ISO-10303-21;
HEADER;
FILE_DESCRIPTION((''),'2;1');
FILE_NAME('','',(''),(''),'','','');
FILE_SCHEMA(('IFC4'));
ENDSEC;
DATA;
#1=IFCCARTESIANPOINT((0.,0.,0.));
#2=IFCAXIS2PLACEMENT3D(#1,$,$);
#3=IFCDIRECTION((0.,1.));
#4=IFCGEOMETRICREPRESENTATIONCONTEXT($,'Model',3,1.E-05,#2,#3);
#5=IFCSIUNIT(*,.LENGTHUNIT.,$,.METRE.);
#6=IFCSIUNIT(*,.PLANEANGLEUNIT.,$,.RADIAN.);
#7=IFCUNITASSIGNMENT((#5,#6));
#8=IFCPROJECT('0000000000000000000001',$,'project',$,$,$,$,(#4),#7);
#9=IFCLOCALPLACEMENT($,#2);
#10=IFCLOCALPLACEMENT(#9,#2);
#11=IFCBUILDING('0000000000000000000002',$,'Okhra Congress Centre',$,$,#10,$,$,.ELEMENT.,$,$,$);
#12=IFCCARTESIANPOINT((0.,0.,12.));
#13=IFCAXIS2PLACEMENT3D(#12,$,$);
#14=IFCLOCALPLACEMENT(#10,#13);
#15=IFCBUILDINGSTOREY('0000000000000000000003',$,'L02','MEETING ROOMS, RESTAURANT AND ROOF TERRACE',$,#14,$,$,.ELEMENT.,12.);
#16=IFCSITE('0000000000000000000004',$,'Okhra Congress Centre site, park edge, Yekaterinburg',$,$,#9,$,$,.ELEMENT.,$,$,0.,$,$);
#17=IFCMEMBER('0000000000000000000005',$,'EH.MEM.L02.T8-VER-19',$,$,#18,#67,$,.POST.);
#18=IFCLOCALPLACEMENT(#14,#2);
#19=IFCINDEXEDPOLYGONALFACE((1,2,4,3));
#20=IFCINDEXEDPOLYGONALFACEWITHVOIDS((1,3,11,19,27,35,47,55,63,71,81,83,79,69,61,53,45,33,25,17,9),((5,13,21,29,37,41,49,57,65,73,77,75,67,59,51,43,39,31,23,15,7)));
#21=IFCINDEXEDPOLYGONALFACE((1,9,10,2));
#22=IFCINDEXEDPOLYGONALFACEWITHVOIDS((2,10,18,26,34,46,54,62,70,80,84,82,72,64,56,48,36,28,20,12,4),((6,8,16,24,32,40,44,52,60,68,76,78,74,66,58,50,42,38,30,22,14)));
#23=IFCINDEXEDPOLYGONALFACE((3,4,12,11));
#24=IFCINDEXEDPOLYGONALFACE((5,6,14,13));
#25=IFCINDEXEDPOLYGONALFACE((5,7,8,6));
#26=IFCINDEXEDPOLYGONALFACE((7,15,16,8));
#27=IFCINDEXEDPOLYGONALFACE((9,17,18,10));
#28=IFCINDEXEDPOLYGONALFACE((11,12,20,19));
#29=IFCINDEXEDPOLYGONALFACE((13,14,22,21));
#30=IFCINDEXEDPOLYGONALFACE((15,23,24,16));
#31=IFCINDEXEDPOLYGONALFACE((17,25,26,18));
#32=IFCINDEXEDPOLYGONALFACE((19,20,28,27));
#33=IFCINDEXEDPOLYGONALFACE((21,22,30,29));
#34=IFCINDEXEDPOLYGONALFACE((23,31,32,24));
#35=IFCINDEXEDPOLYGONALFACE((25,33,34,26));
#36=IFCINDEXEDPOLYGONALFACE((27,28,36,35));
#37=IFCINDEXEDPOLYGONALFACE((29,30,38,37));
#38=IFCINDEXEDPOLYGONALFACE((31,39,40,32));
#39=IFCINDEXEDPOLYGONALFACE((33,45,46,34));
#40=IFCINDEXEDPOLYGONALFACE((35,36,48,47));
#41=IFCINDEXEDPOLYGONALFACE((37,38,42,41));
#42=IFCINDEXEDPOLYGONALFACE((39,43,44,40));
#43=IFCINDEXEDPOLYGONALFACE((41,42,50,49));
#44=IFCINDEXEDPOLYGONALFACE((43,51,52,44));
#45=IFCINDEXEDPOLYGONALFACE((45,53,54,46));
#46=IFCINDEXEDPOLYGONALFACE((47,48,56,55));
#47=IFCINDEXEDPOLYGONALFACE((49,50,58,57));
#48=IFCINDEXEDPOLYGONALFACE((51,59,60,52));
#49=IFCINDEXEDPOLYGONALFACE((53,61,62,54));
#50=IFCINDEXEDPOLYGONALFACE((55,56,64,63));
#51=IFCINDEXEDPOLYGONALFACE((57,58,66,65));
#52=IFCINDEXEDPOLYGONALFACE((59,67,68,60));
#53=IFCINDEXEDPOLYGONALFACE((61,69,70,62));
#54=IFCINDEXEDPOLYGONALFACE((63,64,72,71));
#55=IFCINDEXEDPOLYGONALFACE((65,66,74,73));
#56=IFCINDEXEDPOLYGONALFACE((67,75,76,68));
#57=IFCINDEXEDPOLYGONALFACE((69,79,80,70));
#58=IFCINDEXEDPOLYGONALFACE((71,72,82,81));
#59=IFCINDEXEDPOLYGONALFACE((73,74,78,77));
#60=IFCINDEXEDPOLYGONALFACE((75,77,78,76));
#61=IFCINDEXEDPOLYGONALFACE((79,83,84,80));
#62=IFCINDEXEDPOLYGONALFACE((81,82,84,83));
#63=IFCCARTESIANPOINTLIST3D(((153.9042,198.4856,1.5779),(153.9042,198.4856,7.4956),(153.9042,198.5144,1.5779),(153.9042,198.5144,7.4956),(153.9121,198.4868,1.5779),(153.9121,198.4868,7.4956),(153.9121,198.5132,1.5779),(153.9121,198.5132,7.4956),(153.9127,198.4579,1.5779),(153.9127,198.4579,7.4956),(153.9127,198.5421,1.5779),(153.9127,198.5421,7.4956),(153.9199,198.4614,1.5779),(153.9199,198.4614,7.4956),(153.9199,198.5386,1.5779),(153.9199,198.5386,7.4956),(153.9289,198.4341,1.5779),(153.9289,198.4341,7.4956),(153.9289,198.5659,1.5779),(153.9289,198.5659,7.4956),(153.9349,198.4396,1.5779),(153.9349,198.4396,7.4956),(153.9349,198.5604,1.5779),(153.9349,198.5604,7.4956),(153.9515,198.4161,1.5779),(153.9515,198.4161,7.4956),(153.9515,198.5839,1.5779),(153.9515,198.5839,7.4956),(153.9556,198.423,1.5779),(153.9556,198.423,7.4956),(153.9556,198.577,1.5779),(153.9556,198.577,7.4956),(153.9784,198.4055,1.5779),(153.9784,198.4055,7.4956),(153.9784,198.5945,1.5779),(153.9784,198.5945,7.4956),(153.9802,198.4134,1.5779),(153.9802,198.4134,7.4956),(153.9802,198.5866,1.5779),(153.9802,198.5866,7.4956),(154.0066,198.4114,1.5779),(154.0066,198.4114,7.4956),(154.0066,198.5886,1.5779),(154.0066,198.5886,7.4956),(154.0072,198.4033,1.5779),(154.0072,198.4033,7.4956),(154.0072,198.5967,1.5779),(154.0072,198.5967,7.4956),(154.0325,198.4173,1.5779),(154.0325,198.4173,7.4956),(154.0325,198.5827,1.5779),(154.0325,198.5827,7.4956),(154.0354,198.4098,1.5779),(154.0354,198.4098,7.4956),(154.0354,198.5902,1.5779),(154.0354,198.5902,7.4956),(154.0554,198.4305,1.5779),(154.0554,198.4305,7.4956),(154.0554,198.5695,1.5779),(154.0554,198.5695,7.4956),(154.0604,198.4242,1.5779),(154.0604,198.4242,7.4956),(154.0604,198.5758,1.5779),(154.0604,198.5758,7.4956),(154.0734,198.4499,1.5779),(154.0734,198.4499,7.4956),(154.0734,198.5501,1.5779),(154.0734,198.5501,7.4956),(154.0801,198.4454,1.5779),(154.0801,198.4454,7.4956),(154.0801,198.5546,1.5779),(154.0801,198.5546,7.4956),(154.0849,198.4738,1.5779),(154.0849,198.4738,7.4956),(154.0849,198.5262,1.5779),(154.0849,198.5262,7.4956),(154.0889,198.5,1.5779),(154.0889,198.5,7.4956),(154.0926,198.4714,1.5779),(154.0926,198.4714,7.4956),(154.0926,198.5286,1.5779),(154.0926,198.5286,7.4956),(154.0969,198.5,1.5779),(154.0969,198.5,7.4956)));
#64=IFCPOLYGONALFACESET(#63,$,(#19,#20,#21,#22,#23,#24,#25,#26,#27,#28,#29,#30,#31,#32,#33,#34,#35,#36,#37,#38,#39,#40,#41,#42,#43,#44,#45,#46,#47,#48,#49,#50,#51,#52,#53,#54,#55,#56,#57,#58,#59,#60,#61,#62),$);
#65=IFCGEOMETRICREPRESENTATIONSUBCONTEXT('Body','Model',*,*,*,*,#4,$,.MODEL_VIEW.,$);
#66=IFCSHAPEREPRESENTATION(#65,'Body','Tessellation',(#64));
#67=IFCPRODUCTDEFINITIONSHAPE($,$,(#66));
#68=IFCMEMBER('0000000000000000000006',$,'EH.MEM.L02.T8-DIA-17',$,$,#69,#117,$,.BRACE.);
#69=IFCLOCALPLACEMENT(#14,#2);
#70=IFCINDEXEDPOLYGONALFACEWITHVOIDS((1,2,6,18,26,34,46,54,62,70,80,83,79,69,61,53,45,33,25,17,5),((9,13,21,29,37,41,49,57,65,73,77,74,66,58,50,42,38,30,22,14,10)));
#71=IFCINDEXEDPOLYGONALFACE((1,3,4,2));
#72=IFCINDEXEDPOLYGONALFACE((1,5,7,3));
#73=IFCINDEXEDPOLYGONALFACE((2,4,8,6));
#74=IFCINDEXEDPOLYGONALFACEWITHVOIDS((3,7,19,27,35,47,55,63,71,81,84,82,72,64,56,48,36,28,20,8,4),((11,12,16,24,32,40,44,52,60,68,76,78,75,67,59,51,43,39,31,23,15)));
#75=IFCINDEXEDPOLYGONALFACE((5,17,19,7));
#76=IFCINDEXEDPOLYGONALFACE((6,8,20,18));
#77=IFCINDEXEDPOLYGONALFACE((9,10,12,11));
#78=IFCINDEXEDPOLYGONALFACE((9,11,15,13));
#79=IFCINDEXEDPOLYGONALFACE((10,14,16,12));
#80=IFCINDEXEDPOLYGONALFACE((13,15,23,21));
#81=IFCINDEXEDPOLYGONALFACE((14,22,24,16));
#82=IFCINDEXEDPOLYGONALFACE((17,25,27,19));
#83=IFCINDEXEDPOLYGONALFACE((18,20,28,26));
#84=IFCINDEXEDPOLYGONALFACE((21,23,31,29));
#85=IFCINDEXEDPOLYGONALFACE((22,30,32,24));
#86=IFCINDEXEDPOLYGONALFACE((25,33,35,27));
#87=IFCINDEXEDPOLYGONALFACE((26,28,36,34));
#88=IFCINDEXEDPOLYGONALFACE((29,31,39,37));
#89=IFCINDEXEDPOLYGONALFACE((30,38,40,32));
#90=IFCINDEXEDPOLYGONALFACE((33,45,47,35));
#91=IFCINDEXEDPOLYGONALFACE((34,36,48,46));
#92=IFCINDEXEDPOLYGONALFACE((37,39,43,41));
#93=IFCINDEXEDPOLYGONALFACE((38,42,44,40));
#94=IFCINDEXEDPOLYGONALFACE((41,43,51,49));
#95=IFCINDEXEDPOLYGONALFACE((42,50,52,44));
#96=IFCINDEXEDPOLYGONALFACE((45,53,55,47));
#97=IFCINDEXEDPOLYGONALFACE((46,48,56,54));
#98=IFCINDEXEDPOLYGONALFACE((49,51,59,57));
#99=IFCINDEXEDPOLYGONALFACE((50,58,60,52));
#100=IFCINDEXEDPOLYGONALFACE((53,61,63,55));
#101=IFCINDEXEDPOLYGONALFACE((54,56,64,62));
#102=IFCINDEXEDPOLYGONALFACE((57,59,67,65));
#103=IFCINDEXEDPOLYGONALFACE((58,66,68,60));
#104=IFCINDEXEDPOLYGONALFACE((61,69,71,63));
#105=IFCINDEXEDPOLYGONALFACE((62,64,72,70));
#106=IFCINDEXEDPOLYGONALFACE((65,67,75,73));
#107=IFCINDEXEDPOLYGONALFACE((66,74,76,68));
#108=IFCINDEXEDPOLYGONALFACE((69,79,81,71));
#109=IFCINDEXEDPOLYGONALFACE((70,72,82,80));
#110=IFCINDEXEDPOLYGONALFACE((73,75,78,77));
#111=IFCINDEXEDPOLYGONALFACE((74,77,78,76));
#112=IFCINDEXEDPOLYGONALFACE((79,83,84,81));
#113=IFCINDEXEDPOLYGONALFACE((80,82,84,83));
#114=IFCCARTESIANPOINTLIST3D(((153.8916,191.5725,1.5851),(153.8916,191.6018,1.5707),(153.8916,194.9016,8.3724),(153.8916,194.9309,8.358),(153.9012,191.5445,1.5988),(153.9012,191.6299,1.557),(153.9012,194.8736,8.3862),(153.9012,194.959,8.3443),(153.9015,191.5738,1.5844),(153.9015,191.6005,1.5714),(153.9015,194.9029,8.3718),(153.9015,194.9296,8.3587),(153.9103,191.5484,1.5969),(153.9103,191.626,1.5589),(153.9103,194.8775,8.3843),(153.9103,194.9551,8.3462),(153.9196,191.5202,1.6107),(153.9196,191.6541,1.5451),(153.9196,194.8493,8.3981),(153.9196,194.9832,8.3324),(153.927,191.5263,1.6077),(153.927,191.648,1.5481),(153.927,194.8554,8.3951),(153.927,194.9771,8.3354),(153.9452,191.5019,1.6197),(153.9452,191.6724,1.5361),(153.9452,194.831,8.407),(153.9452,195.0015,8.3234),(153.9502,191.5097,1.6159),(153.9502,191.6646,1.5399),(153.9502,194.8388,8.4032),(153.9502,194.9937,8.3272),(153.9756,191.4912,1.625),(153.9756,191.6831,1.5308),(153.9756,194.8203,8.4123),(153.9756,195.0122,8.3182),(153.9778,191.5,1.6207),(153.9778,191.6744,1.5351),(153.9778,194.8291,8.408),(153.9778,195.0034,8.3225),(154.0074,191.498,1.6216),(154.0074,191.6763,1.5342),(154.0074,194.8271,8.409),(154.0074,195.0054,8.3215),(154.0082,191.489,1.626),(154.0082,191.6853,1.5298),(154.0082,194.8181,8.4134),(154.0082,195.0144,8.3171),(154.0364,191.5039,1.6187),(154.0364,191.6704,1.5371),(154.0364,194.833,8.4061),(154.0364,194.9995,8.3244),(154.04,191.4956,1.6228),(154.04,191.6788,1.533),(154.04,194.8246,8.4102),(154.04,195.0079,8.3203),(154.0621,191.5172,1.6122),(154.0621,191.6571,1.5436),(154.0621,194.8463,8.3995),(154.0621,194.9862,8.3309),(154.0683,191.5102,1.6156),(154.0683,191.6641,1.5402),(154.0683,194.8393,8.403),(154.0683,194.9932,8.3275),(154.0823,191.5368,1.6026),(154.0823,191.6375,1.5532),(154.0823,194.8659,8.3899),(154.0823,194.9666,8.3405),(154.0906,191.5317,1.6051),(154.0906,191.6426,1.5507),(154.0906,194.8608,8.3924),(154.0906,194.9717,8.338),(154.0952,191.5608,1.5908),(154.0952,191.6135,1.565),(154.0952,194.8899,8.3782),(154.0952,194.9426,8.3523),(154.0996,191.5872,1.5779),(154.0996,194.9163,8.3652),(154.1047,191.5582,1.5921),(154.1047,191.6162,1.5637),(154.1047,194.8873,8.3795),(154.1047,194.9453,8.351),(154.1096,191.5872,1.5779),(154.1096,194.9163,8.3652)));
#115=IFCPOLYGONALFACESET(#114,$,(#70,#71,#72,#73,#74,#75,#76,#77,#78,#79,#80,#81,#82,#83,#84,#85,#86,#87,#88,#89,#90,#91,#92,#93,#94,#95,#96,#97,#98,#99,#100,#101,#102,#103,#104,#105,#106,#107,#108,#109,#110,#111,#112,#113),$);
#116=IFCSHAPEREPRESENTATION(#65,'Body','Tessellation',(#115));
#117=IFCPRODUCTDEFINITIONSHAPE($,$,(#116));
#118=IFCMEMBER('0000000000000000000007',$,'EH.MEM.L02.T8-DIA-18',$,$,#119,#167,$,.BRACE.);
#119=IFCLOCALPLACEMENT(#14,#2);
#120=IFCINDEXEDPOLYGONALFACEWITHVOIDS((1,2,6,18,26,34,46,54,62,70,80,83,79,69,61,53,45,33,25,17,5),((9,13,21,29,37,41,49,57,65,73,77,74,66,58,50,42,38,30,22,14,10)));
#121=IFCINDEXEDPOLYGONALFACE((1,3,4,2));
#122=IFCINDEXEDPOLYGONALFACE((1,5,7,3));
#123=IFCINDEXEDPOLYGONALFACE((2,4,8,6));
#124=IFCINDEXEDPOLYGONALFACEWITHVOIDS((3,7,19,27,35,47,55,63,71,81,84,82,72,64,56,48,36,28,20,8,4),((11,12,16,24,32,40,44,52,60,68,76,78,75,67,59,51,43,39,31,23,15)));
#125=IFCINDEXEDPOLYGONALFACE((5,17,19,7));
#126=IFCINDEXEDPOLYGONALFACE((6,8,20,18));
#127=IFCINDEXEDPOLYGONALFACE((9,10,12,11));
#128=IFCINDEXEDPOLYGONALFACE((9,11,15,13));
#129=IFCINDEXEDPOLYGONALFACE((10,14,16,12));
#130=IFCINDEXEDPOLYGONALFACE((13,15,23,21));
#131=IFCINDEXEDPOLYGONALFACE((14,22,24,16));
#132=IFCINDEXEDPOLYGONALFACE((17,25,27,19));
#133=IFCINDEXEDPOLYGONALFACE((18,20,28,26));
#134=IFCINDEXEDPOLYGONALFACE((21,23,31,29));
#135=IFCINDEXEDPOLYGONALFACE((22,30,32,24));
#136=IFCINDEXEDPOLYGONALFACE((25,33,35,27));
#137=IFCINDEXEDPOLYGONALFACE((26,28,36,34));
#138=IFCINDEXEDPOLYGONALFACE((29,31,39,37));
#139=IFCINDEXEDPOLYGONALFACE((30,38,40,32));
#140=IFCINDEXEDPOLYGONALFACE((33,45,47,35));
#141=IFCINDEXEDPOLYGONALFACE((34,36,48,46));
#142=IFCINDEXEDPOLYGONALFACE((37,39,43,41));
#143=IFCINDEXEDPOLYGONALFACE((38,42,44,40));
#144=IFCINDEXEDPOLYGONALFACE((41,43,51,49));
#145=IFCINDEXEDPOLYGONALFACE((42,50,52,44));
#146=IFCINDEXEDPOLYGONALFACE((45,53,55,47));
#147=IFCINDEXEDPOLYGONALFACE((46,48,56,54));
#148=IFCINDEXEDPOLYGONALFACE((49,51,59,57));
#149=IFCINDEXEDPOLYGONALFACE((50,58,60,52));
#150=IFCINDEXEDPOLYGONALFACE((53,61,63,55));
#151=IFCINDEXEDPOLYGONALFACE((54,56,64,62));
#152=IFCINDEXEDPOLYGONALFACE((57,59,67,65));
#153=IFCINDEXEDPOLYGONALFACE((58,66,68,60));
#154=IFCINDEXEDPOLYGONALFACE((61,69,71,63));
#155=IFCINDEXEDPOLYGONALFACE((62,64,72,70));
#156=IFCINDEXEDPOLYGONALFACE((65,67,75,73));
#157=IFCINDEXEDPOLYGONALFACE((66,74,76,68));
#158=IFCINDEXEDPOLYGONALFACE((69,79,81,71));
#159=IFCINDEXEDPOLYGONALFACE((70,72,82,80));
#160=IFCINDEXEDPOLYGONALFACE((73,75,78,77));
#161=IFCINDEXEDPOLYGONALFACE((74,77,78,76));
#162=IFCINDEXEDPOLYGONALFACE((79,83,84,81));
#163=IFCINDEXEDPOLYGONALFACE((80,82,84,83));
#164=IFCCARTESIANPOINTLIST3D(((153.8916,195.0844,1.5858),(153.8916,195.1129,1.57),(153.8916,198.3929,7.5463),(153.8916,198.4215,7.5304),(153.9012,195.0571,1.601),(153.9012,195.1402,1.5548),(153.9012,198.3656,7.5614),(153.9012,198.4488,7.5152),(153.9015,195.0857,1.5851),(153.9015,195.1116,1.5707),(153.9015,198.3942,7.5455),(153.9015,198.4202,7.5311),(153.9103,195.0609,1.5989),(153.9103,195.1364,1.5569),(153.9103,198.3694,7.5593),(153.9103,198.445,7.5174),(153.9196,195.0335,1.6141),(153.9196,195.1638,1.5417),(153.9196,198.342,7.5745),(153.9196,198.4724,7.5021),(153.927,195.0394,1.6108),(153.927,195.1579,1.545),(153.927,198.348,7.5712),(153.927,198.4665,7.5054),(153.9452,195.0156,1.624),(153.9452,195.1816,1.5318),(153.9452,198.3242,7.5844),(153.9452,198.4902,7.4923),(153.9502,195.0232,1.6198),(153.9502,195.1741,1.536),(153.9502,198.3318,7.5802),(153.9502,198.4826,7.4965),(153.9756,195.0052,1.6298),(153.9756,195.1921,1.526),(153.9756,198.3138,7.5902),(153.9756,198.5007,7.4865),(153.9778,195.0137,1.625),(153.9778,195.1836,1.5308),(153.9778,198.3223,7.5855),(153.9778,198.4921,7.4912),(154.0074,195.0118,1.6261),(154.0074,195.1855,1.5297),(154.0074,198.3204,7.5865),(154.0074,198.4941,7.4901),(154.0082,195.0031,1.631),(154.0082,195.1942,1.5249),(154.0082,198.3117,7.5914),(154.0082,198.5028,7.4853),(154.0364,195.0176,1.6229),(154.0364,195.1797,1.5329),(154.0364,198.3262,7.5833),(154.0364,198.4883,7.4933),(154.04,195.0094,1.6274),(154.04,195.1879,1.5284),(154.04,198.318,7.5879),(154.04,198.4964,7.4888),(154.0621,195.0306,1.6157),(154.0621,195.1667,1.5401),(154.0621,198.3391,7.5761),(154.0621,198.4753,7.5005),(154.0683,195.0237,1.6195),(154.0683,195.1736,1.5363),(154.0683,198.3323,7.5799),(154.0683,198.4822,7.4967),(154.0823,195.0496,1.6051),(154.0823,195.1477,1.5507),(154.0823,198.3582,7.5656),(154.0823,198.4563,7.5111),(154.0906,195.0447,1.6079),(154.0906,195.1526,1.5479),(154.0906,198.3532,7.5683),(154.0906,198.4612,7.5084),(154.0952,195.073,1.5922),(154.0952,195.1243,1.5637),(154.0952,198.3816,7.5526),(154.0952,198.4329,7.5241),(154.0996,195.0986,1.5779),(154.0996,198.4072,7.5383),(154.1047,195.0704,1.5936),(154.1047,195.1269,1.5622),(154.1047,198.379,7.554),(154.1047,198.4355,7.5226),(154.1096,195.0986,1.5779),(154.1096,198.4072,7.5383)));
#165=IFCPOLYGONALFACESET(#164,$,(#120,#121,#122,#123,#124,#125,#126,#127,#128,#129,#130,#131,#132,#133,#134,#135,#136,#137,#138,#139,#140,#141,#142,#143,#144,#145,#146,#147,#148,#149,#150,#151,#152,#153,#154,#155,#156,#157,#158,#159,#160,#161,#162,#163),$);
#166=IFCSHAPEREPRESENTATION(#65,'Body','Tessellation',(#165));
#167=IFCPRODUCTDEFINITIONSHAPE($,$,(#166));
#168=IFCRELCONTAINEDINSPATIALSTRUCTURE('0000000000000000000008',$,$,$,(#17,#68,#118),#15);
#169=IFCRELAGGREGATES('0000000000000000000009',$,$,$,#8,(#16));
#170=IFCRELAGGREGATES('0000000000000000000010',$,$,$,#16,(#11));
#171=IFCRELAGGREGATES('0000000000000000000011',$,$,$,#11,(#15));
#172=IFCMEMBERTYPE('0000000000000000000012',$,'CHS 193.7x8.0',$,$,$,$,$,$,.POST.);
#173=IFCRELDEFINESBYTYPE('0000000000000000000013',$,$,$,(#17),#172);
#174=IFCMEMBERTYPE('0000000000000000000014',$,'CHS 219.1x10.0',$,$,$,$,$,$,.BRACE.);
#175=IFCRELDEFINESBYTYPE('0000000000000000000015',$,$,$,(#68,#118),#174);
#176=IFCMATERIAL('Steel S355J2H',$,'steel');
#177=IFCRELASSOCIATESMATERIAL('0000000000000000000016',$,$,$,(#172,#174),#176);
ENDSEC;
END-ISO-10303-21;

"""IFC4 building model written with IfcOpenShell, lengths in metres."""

from ifc_helpers import new_model, si_unit, direction, frame, origin, origin_2d, place, context, subcontext, project, spatial, hollow_circle, extrude, material, material_profile, profile_set, type_object, element, save


model = new_model("IFC4")

# Units and contexts
model_context = context("Model", 3, precision=1e-05, world=origin(), true_north=direction((0.0, 1.0)))
body_context = subcontext(model_context, "Body", "Model", "MODEL_VIEW")
ifc_project = project(units=[si_unit("LENGTHUNIT", "METRE"), si_unit("PLANEANGLEUNIT", "RADIAN")], contexts=[model_context])

# Site, building, storey
site_placement = place(None, origin())
site = spatial("IfcSite", under=ifc_project, at=site_placement, Name="Okhra Congress Centre site, park edge, Yekaterinburg", CompositionType="ELEMENT", RefElevation=0.0)
building_placement = place(site_placement, origin())
building = spatial("IfcBuilding", under=site, at=building_placement, Name="Okhra Congress Centre", CompositionType="ELEMENT")
storey_placement = place(building_placement, frame((0.0, 0.0, 12.0)))
storey = spatial("IfcBuildingStorey", under=building, at=storey_placement, Name="L02", Description="MEETING ROOMS, RESTAURANT AND ROOF TERRACE", CompositionType="ELEMENT", Elevation=12.0)

# Members
ifc_material_1 = material(Name="Steel S355J2H", Category="steel")
ifc_material_profile_1 = material_profile(ifc_material_1, hollow_circle(Radius=0.0969, WallThickness=0.0081, at=origin_2d()), Name="CHS 193.7x8.0")
ifc_profile_set_1 = profile_set([ifc_material_profile_1], Name="Steel S355J2H")
member_type_1 = type_object("IfcMemberType", Name="CHS 193.7x8.0", PredefinedType="POST", material=ifc_profile_set_1)
member_1_placement = place(storey_placement, frame((154.0, 198.5, 1.5779), z_axis=(0.0, 0.0, 1.0), x_axis=(1.0, 0.0, 0.0)))
element("IfcMember", 1, at=member_1_placement, inside=storey, type_object=member_type_1, Name="EH.MEM.L02.T8-VER-19", PredefinedType="POST", context=body_context, shape_type="SweptSolid", body=[
    extrude(hollow_circle(Radius=0.0969, WallThickness=0.0081, at=origin_2d()), origin(), (0.0, 0.0, 1.0), 5.9177),
])
ifc_material_profile_2 = material_profile(ifc_material_1, hollow_circle(Radius=0.1096, WallThickness=0.01, at=origin_2d()), Name="CHS 219.1x10.0")
ifc_profile_set_2 = profile_set([ifc_material_profile_2], Name="Steel S355J2H")
member_type_2 = type_object("IfcMemberType", Name="CHS 219.1x10.0", PredefinedType="BRACE", material=ifc_profile_set_2)
member_2_placement = place(storey_placement, frame((154.0, 194.9163, 8.3652), z_axis=(0.0, -0.440367, -0.897818), x_axis=(1.0, 0.0, 0.0)))
element("IfcMember", 2, at=member_2_placement, inside=storey, type_object=member_type_2, Name="EH.MEM.L02.T8-DIA-17", PredefinedType="BRACE", context=body_context, shape_type="SweptSolid", body=[
    extrude(hollow_circle(Radius=0.1096, WallThickness=0.01, at=origin_2d()), origin(), (0.0, 0.0, 1.0), 7.5598),
])
member_3_placement = place(storey_placement, frame((154.0, 198.4072, 7.5383), z_axis=(0.0, -0.485333, -0.87433), x_axis=(1.0, 0.0, 0.0)))
element("IfcMember", 3, at=member_3_placement, inside=storey, type_object=member_type_2, Name="EH.MEM.L02.T8-DIA-18", PredefinedType="BRACE", context=body_context, shape_type="SweptSolid", body=[
    extrude(hollow_circle(Radius=0.1096, WallThickness=0.01, at=origin_2d()), origin(), (0.0, 0.0, 1.0), 6.8171),
])

save(model, "model.ifc")
